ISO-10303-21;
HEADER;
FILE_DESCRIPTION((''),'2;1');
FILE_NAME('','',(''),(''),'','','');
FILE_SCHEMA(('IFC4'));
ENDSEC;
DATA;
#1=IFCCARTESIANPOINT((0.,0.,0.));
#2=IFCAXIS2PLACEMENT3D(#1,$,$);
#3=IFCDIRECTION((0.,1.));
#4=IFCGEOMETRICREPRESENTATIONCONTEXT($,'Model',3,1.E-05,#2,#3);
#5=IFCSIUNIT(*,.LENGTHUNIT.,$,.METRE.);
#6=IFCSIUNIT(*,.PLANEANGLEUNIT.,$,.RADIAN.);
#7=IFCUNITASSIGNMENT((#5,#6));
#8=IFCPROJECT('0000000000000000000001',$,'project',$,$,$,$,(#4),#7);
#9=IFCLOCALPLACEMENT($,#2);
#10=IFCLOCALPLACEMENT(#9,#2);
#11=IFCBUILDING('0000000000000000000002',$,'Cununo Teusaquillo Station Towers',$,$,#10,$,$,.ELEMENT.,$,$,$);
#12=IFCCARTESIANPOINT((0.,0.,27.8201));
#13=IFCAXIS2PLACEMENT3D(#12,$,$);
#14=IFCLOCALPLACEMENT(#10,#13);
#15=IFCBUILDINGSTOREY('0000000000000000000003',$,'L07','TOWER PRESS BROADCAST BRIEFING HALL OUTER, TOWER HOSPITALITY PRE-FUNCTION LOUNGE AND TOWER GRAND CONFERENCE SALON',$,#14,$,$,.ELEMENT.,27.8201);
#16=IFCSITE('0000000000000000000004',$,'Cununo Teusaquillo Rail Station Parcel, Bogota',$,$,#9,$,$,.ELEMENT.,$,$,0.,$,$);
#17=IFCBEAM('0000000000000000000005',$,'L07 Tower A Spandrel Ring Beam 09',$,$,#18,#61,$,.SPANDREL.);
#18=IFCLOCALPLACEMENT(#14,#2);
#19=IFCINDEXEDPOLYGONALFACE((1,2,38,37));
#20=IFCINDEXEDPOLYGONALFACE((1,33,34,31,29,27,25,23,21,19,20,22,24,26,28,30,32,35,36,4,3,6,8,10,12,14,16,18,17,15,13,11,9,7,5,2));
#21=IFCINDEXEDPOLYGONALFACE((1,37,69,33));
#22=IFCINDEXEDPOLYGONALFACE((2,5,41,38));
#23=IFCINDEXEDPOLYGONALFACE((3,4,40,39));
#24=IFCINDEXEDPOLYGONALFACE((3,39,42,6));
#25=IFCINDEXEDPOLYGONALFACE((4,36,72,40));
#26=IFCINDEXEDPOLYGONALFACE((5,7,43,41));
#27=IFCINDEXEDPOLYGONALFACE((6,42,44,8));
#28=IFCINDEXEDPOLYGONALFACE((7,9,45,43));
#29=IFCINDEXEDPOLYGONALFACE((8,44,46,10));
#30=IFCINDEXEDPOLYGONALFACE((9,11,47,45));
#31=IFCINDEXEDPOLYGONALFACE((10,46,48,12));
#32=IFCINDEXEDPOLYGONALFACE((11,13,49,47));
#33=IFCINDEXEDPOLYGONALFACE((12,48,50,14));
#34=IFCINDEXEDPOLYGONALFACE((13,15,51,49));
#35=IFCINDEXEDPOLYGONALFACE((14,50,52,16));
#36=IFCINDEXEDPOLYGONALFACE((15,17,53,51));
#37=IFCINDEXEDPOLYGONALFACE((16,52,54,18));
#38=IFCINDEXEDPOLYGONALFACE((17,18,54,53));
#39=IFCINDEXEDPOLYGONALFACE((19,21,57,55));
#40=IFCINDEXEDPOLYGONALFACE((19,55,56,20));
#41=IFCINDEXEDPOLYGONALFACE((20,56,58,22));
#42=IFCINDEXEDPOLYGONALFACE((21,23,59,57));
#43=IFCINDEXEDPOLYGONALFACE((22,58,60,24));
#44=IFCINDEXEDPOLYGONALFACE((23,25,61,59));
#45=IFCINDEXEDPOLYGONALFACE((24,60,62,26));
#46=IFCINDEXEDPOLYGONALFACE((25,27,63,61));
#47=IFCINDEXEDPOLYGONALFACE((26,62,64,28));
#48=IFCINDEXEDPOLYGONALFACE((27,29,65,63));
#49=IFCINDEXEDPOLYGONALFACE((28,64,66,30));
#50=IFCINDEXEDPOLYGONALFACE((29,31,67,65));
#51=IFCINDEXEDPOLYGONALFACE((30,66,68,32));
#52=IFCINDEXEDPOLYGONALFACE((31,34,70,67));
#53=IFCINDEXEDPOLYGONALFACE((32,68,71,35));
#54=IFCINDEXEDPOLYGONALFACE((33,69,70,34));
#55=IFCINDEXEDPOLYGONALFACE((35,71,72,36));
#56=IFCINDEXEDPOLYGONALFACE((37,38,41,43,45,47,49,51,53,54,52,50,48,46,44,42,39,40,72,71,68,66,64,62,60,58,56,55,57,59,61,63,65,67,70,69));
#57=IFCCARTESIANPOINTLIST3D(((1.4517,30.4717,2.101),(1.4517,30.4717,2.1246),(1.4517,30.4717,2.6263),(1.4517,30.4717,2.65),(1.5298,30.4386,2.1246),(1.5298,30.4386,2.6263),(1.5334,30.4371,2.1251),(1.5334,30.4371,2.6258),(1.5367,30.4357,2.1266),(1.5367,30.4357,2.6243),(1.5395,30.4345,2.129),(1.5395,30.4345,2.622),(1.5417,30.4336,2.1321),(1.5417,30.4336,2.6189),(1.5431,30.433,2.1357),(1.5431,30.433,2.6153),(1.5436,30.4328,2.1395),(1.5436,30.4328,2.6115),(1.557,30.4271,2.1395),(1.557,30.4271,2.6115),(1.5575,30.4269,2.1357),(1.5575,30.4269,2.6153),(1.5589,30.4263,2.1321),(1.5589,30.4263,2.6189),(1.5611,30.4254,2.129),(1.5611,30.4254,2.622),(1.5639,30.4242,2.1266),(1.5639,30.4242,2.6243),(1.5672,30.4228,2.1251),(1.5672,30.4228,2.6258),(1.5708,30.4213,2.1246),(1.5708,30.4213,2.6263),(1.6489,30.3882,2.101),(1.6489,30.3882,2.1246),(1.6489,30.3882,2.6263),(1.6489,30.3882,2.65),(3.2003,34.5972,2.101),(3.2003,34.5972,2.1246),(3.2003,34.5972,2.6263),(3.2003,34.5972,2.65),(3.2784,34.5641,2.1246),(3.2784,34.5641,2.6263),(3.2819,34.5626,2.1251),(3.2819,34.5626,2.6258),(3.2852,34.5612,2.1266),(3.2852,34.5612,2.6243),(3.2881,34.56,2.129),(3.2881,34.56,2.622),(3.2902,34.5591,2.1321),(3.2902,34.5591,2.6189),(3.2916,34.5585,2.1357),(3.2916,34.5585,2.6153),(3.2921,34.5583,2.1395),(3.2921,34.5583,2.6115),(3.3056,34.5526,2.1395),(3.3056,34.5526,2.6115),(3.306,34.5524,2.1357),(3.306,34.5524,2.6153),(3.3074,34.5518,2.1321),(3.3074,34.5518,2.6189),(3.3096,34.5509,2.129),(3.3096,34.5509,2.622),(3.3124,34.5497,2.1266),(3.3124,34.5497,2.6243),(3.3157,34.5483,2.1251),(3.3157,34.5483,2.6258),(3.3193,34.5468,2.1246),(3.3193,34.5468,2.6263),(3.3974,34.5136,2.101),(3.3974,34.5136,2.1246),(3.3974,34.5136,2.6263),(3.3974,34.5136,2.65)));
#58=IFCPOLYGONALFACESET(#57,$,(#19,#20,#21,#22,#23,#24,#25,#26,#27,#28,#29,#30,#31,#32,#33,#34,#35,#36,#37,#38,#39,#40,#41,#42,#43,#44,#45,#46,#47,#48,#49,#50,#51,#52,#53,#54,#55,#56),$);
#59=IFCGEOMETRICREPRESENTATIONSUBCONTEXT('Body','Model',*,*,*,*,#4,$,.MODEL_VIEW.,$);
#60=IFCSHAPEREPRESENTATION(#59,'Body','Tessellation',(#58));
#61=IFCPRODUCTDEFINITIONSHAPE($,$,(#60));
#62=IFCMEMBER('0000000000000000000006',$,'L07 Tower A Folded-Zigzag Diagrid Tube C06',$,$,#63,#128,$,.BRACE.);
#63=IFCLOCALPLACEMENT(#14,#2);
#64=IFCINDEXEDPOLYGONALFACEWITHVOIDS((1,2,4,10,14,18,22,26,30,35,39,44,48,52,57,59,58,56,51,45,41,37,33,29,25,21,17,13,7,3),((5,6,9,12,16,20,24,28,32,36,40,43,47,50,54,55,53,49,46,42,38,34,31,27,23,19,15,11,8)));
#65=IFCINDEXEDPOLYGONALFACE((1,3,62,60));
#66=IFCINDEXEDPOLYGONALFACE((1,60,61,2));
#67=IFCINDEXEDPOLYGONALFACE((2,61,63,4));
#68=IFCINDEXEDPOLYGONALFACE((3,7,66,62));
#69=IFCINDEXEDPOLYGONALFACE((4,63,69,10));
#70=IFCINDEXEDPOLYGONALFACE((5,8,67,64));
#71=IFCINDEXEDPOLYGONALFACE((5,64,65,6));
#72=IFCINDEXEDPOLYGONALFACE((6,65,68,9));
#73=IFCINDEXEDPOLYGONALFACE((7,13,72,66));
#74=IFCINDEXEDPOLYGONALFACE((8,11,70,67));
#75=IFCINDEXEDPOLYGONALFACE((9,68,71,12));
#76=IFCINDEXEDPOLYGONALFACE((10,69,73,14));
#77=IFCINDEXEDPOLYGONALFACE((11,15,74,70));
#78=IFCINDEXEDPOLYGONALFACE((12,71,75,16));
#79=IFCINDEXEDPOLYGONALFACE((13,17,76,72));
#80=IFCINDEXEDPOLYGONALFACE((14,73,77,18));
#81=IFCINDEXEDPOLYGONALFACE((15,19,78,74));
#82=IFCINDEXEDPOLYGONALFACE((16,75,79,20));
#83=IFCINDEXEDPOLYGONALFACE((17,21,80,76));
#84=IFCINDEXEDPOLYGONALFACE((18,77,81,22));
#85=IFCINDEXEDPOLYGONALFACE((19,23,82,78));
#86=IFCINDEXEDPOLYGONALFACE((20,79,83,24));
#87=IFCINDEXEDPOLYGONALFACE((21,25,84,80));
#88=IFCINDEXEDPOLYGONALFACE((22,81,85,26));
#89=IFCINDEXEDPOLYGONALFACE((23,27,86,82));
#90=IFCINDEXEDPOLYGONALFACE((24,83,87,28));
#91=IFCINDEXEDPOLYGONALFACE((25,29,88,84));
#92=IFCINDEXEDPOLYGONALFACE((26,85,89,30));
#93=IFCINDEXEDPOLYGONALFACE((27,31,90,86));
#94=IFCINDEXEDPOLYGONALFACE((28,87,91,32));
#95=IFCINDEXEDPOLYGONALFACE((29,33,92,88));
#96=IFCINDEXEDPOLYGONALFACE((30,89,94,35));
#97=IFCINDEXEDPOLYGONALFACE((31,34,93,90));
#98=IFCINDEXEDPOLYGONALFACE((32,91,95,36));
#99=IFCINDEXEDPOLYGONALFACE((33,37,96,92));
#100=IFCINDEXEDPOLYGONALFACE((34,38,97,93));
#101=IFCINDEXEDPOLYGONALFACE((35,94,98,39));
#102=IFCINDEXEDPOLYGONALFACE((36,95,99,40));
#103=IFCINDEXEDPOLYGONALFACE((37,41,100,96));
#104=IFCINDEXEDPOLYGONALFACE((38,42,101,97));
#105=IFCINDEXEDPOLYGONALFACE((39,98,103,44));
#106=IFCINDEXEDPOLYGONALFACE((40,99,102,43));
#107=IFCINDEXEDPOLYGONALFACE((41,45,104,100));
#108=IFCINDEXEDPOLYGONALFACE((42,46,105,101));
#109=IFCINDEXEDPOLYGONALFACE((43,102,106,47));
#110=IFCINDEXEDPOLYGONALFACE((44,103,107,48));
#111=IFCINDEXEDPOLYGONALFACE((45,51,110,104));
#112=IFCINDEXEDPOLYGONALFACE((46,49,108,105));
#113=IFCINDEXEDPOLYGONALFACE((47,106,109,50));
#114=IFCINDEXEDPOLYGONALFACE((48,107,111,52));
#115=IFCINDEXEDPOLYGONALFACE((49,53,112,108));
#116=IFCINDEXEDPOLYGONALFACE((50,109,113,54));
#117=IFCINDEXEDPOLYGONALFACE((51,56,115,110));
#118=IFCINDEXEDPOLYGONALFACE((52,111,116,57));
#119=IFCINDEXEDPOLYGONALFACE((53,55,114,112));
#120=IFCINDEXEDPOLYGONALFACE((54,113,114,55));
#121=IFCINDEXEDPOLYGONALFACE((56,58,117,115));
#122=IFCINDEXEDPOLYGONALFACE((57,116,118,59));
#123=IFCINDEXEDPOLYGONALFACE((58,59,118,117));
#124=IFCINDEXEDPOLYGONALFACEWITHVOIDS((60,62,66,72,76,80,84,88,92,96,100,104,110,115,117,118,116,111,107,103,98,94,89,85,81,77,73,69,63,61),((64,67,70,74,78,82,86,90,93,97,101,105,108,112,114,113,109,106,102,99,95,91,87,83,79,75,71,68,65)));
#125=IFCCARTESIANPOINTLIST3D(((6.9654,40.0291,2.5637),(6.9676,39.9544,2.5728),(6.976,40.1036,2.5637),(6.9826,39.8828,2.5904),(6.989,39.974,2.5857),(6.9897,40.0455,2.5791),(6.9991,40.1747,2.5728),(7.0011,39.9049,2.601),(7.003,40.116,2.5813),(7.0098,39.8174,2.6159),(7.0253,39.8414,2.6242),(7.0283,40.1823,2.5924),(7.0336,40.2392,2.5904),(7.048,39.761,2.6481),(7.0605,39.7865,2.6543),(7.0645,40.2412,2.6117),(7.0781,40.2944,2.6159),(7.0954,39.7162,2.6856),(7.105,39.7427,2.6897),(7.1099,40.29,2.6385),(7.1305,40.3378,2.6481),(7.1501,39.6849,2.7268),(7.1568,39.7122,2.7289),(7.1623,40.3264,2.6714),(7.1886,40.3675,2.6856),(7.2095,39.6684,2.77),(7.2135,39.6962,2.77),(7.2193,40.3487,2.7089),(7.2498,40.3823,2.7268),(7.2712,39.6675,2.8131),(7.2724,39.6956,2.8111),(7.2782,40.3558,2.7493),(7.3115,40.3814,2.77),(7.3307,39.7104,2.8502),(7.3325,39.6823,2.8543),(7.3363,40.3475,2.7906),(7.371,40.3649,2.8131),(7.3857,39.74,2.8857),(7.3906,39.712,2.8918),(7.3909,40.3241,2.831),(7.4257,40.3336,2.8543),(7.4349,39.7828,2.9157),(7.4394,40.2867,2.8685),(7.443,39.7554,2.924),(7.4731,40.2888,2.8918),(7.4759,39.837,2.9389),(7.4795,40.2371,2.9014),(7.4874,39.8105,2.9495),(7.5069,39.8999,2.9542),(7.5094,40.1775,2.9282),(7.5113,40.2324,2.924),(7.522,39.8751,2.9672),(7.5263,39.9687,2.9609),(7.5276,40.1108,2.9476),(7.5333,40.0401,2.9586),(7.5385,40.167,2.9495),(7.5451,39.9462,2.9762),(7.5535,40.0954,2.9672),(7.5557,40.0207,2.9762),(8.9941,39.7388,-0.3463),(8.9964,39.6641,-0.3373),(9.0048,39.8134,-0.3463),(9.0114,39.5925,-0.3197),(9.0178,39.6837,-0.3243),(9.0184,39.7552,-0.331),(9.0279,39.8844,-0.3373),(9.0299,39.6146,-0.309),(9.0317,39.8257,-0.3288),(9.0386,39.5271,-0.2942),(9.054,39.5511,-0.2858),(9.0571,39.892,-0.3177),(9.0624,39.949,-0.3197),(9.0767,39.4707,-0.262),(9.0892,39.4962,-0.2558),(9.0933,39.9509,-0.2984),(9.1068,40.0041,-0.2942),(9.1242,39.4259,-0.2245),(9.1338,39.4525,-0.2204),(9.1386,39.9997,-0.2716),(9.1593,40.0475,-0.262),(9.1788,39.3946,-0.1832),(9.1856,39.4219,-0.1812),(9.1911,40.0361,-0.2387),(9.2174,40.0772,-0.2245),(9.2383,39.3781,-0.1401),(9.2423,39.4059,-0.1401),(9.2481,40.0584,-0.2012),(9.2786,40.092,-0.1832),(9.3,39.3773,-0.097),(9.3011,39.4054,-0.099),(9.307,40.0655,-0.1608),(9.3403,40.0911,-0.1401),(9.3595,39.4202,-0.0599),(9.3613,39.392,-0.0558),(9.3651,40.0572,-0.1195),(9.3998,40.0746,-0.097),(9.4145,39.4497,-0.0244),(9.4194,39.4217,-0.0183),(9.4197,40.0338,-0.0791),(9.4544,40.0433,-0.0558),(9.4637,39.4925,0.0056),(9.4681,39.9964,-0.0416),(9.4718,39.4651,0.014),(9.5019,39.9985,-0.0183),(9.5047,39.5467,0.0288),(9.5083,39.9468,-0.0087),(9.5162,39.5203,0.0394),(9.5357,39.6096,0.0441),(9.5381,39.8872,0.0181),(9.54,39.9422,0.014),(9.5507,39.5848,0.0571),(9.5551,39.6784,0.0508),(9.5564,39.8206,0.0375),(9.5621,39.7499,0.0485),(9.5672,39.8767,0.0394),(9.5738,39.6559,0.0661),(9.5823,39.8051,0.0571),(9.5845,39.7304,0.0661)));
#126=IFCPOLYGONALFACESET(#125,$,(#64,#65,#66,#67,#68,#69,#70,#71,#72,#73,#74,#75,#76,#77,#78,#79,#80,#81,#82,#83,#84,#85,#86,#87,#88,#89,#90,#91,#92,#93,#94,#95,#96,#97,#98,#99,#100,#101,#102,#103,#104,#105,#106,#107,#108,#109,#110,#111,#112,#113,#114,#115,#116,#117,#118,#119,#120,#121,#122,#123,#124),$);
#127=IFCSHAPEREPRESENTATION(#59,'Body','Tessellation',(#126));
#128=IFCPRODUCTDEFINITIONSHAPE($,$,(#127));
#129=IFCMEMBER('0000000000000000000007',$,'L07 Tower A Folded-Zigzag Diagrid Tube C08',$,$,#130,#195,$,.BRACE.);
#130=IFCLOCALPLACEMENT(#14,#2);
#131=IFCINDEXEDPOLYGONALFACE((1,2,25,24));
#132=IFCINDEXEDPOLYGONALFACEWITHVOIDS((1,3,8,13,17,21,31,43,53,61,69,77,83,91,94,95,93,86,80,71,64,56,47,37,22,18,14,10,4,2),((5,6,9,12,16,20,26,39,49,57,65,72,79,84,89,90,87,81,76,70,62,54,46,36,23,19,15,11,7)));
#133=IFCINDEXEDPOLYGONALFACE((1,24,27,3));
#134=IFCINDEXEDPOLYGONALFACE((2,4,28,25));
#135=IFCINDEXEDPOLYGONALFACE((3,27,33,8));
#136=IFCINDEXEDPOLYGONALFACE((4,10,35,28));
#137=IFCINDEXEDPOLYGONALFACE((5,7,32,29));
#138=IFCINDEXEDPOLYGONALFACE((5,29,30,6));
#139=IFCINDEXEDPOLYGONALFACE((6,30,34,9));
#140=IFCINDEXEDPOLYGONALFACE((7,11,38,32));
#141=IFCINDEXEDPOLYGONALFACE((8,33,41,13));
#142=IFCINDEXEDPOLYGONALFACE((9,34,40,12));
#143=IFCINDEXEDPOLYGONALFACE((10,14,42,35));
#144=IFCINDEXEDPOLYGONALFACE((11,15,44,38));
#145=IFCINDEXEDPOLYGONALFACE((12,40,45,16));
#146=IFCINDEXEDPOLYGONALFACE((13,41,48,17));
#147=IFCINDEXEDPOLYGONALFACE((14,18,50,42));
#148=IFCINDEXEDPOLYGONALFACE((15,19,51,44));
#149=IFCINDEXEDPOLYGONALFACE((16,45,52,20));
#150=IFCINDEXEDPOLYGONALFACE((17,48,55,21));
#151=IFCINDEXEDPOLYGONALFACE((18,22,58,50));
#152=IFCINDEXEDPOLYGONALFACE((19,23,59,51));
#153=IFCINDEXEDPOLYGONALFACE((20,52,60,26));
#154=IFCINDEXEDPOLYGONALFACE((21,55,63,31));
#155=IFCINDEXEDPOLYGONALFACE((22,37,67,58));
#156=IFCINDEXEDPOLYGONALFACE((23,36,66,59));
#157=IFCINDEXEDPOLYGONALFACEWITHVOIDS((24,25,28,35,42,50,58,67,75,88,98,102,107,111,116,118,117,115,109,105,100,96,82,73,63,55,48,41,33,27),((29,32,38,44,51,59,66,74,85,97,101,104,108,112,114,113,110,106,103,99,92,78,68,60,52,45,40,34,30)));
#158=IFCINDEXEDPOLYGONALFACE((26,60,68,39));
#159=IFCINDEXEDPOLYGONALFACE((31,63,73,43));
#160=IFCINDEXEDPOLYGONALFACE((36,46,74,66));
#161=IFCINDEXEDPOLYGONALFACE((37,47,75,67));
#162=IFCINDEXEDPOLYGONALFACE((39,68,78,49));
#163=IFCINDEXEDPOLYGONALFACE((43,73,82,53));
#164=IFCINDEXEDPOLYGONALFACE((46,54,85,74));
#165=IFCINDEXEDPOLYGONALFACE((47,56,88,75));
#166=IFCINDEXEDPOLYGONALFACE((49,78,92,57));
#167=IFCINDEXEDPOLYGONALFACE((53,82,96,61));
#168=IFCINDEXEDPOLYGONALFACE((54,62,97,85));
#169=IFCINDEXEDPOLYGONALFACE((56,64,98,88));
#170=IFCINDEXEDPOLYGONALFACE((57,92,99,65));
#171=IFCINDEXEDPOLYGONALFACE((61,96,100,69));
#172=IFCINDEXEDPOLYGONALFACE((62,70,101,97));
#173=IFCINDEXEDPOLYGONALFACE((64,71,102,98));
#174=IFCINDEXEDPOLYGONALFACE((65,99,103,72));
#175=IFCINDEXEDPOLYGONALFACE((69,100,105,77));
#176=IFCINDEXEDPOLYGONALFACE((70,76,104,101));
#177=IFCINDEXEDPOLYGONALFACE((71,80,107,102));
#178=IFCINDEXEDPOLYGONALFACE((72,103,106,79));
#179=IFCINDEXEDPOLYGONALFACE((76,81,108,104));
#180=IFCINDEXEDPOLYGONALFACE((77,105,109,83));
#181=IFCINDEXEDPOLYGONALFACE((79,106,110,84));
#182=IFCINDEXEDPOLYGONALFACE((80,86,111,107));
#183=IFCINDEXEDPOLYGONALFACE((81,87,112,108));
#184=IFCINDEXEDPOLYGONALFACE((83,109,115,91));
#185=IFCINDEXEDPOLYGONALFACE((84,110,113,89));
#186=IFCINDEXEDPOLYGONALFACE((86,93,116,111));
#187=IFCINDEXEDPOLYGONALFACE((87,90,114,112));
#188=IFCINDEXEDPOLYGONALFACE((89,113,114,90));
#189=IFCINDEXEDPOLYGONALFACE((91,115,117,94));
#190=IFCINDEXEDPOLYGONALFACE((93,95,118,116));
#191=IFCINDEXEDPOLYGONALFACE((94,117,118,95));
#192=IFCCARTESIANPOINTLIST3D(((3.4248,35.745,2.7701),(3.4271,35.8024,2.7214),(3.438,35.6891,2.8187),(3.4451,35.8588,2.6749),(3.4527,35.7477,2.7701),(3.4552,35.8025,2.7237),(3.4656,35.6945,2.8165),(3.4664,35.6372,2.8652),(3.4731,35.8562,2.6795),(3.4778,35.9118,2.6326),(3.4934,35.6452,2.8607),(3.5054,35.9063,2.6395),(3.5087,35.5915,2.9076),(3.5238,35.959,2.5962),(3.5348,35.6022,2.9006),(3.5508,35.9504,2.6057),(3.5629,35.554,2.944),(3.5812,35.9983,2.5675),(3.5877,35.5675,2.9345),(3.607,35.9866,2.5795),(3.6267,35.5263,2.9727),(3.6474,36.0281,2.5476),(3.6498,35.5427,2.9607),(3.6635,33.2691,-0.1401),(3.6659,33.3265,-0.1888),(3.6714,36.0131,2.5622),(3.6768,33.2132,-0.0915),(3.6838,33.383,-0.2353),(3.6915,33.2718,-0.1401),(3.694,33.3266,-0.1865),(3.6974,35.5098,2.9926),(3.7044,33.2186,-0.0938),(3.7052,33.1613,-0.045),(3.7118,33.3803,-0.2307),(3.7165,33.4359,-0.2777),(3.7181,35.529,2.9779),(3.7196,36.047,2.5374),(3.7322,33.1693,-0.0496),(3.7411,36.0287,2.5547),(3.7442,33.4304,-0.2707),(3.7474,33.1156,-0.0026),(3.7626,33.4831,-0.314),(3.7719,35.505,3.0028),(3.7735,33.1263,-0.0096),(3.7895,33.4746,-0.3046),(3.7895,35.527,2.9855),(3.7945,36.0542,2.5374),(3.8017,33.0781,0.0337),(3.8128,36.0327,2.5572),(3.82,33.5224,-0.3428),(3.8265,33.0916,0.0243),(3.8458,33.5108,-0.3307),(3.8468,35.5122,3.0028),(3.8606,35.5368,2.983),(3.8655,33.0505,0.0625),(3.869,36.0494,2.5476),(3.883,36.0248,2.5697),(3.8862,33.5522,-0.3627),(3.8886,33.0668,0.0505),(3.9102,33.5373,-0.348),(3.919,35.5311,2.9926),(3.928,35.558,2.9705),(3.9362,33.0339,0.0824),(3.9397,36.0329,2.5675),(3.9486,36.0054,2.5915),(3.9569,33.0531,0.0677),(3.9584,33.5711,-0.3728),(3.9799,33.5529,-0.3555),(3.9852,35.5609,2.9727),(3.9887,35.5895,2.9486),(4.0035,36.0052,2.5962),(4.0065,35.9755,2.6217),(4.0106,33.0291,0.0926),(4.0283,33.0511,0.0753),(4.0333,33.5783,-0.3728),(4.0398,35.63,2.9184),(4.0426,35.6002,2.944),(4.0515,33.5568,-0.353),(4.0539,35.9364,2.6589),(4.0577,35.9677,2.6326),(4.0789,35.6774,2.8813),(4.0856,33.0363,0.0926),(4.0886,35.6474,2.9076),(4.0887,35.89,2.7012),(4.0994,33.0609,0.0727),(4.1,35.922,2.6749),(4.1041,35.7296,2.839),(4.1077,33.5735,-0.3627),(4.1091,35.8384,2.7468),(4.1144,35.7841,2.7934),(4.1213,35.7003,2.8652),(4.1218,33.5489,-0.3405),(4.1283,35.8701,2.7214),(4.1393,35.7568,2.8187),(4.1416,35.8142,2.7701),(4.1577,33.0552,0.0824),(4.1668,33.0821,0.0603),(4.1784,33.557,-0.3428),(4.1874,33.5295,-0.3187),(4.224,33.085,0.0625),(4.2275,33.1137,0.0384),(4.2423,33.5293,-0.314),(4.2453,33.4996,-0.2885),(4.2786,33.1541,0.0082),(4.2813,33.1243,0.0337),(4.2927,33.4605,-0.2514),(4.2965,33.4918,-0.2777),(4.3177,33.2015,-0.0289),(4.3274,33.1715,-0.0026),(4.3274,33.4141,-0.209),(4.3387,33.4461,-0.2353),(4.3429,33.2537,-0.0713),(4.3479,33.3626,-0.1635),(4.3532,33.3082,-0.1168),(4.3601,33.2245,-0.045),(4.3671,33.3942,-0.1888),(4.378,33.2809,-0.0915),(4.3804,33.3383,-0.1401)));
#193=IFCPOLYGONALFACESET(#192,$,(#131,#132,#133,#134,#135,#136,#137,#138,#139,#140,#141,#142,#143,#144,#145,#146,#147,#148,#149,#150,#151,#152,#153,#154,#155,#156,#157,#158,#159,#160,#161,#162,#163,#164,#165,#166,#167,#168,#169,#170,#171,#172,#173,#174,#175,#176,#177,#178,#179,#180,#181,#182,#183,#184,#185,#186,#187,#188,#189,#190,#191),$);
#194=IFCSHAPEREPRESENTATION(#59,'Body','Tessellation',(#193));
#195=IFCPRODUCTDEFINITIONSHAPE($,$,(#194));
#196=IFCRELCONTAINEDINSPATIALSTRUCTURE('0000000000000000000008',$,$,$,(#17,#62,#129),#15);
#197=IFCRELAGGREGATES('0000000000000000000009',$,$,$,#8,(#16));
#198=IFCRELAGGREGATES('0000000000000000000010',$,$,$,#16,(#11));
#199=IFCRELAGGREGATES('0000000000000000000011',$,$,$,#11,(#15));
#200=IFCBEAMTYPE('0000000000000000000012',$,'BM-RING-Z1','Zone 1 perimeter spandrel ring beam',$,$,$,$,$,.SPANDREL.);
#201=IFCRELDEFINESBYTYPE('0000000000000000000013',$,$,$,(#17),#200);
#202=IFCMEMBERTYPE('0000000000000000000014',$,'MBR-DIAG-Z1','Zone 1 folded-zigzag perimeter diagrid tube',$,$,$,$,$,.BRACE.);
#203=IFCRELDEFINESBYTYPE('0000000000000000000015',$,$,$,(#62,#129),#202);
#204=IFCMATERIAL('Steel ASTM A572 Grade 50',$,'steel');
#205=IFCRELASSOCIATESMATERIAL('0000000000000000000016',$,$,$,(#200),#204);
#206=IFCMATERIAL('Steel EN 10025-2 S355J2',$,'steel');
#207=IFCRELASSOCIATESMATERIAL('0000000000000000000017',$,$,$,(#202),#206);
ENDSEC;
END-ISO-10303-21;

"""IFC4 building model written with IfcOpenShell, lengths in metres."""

from ifc_helpers import new_model, si_unit, direction, frame, origin, origin_2d, place, context, subcontext, project, spatial, hollow_circle, i_section, extrude, material, material_profile, profile_set, type_object, element, save


model = new_model("IFC4")

# Units and contexts
model_context = context("Model", 3, precision=1e-05, world=origin(), true_north=direction((0.0, 1.0)))
body_context = subcontext(model_context, "Body", "Model", "MODEL_VIEW")
ifc_project = project(units=[si_unit("LENGTHUNIT", "METRE"), si_unit("PLANEANGLEUNIT", "RADIAN")], contexts=[model_context])

# Site, building, storey
site_placement = place(None, origin())
site = spatial("IfcSite", under=ifc_project, at=site_placement, Name="Cununo Teusaquillo Rail Station Parcel, Bogota", CompositionType="ELEMENT", RefElevation=0.0)
building_placement = place(site_placement, origin())
building = spatial("IfcBuilding", under=site, at=building_placement, Name="Cununo Teusaquillo Station Towers", CompositionType="ELEMENT")
storey_placement = place(building_placement, frame((0.0, 0.0, 27.8201)))
storey = spatial("IfcBuildingStorey", under=building, at=storey_placement, Name="L07", Description="TOWER PRESS BROADCAST BRIEFING HALL OUTER, TOWER HOSPITALITY PRE-FUNCTION LOUNGE AND TOWER GRAND CONFERENCE SALON", CompositionType="ELEMENT", Elevation=27.8201)

# Beam
ifc_material_1 = material(Name="Steel ASTM A572 Grade 50", Category="steel")
ifc_material_profile_1 = material_profile(ifc_material_1, i_section(OverallWidth=0.2141, OverallDepth=0.5491, WebThickness=0.0146, FlangeThickness=0.0237, FilletRadius=0.0149, at=origin_2d()), Name="W21X93")
ifc_profile_set_1 = profile_set([ifc_material_profile_1], Name="Steel ASTM A572 Grade 50")
beam_type_1 = type_object("IfcBeamType", Name="BM-RING-Z1", Description="Zone 1 perimeter spandrel ring beam", PredefinedType="SPANDREL", material=ifc_profile_set_1)
beam_1_placement = place(storey_placement, frame((3.2988, 34.5554, 2.3755), z_axis=(-0.390234, -0.920716, 0.0), x_axis=(0.920716, -0.390234, 0.0)))
element("IfcBeam", 1, at=beam_1_placement, inside=storey, type_object=beam_type_1, Name="L07 Tower A Spandrel Ring Beam 09", PredefinedType="SPANDREL", context=body_context, shape_type="SweptSolid", body=[
    extrude(i_section(OverallWidth=0.2141, OverallDepth=0.5491, WebThickness=0.0146, FlangeThickness=0.0237, FilletRadius=0.0149, at=origin_2d()), origin(), (0.0, 0.0, 1.0), 4.4807),
])

# Members
ifc_material_2 = material(Name="Steel EN 10025-2 S355J2", Category="steel")
ifc_material_profile_2 = material_profile(ifc_material_2, hollow_circle(Radius=0.3601, WallThickness=0.0281, at=origin_2d()), Name="CHS 720x28")
ifc_profile_set_2 = profile_set([ifc_material_profile_2], Name="Steel EN 10025-2 S355J2")
member_type = type_object("IfcMemberType", Name="MBR-DIAG-Z1", Description="Zone 1 folded-zigzag perimeter diagrid tube", PredefinedType="BRACE", material=ifc_profile_set_2)
member_1_placement = place(storey_placement, frame((9.2893, 39.7346, -0.1401), z_axis=(-0.569986, 0.081554, 0.817597), x_axis=(-0.141638, -0.989918, 0.0)))
element("IfcMember", 2, at=member_1_placement, inside=storey, type_object=member_type, Name="L07 Tower A Folded-Zigzag Diagrid Tube C06", PredefinedType="BRACE", context=body_context, shape_type="SweptSolid", body=[
    extrude(hollow_circle(Radius=0.3601, WallThickness=0.0281, at=origin_2d()), origin(), (0.0, 0.0, 1.0), 3.5593),
])
member_2_placement = place(storey_placement, frame((4.022, 33.3037, -0.1401), z_axis=(-0.06237, 0.646721, 0.760173), x_axis=(-0.995382, -0.095995, 0.0)))
element("IfcMember", 3, at=member_2_placement, inside=storey, type_object=member_type, Name="L07 Tower A Folded-Zigzag Diagrid Tube C08", PredefinedType="BRACE", context=body_context, shape_type="SweptSolid", body=[
    extrude(hollow_circle(Radius=0.3601, WallThickness=0.0281, at=origin_2d()), origin(), (0.0, 0.0, 1.0), 3.8284),
])

save(model, "model.ifc")
